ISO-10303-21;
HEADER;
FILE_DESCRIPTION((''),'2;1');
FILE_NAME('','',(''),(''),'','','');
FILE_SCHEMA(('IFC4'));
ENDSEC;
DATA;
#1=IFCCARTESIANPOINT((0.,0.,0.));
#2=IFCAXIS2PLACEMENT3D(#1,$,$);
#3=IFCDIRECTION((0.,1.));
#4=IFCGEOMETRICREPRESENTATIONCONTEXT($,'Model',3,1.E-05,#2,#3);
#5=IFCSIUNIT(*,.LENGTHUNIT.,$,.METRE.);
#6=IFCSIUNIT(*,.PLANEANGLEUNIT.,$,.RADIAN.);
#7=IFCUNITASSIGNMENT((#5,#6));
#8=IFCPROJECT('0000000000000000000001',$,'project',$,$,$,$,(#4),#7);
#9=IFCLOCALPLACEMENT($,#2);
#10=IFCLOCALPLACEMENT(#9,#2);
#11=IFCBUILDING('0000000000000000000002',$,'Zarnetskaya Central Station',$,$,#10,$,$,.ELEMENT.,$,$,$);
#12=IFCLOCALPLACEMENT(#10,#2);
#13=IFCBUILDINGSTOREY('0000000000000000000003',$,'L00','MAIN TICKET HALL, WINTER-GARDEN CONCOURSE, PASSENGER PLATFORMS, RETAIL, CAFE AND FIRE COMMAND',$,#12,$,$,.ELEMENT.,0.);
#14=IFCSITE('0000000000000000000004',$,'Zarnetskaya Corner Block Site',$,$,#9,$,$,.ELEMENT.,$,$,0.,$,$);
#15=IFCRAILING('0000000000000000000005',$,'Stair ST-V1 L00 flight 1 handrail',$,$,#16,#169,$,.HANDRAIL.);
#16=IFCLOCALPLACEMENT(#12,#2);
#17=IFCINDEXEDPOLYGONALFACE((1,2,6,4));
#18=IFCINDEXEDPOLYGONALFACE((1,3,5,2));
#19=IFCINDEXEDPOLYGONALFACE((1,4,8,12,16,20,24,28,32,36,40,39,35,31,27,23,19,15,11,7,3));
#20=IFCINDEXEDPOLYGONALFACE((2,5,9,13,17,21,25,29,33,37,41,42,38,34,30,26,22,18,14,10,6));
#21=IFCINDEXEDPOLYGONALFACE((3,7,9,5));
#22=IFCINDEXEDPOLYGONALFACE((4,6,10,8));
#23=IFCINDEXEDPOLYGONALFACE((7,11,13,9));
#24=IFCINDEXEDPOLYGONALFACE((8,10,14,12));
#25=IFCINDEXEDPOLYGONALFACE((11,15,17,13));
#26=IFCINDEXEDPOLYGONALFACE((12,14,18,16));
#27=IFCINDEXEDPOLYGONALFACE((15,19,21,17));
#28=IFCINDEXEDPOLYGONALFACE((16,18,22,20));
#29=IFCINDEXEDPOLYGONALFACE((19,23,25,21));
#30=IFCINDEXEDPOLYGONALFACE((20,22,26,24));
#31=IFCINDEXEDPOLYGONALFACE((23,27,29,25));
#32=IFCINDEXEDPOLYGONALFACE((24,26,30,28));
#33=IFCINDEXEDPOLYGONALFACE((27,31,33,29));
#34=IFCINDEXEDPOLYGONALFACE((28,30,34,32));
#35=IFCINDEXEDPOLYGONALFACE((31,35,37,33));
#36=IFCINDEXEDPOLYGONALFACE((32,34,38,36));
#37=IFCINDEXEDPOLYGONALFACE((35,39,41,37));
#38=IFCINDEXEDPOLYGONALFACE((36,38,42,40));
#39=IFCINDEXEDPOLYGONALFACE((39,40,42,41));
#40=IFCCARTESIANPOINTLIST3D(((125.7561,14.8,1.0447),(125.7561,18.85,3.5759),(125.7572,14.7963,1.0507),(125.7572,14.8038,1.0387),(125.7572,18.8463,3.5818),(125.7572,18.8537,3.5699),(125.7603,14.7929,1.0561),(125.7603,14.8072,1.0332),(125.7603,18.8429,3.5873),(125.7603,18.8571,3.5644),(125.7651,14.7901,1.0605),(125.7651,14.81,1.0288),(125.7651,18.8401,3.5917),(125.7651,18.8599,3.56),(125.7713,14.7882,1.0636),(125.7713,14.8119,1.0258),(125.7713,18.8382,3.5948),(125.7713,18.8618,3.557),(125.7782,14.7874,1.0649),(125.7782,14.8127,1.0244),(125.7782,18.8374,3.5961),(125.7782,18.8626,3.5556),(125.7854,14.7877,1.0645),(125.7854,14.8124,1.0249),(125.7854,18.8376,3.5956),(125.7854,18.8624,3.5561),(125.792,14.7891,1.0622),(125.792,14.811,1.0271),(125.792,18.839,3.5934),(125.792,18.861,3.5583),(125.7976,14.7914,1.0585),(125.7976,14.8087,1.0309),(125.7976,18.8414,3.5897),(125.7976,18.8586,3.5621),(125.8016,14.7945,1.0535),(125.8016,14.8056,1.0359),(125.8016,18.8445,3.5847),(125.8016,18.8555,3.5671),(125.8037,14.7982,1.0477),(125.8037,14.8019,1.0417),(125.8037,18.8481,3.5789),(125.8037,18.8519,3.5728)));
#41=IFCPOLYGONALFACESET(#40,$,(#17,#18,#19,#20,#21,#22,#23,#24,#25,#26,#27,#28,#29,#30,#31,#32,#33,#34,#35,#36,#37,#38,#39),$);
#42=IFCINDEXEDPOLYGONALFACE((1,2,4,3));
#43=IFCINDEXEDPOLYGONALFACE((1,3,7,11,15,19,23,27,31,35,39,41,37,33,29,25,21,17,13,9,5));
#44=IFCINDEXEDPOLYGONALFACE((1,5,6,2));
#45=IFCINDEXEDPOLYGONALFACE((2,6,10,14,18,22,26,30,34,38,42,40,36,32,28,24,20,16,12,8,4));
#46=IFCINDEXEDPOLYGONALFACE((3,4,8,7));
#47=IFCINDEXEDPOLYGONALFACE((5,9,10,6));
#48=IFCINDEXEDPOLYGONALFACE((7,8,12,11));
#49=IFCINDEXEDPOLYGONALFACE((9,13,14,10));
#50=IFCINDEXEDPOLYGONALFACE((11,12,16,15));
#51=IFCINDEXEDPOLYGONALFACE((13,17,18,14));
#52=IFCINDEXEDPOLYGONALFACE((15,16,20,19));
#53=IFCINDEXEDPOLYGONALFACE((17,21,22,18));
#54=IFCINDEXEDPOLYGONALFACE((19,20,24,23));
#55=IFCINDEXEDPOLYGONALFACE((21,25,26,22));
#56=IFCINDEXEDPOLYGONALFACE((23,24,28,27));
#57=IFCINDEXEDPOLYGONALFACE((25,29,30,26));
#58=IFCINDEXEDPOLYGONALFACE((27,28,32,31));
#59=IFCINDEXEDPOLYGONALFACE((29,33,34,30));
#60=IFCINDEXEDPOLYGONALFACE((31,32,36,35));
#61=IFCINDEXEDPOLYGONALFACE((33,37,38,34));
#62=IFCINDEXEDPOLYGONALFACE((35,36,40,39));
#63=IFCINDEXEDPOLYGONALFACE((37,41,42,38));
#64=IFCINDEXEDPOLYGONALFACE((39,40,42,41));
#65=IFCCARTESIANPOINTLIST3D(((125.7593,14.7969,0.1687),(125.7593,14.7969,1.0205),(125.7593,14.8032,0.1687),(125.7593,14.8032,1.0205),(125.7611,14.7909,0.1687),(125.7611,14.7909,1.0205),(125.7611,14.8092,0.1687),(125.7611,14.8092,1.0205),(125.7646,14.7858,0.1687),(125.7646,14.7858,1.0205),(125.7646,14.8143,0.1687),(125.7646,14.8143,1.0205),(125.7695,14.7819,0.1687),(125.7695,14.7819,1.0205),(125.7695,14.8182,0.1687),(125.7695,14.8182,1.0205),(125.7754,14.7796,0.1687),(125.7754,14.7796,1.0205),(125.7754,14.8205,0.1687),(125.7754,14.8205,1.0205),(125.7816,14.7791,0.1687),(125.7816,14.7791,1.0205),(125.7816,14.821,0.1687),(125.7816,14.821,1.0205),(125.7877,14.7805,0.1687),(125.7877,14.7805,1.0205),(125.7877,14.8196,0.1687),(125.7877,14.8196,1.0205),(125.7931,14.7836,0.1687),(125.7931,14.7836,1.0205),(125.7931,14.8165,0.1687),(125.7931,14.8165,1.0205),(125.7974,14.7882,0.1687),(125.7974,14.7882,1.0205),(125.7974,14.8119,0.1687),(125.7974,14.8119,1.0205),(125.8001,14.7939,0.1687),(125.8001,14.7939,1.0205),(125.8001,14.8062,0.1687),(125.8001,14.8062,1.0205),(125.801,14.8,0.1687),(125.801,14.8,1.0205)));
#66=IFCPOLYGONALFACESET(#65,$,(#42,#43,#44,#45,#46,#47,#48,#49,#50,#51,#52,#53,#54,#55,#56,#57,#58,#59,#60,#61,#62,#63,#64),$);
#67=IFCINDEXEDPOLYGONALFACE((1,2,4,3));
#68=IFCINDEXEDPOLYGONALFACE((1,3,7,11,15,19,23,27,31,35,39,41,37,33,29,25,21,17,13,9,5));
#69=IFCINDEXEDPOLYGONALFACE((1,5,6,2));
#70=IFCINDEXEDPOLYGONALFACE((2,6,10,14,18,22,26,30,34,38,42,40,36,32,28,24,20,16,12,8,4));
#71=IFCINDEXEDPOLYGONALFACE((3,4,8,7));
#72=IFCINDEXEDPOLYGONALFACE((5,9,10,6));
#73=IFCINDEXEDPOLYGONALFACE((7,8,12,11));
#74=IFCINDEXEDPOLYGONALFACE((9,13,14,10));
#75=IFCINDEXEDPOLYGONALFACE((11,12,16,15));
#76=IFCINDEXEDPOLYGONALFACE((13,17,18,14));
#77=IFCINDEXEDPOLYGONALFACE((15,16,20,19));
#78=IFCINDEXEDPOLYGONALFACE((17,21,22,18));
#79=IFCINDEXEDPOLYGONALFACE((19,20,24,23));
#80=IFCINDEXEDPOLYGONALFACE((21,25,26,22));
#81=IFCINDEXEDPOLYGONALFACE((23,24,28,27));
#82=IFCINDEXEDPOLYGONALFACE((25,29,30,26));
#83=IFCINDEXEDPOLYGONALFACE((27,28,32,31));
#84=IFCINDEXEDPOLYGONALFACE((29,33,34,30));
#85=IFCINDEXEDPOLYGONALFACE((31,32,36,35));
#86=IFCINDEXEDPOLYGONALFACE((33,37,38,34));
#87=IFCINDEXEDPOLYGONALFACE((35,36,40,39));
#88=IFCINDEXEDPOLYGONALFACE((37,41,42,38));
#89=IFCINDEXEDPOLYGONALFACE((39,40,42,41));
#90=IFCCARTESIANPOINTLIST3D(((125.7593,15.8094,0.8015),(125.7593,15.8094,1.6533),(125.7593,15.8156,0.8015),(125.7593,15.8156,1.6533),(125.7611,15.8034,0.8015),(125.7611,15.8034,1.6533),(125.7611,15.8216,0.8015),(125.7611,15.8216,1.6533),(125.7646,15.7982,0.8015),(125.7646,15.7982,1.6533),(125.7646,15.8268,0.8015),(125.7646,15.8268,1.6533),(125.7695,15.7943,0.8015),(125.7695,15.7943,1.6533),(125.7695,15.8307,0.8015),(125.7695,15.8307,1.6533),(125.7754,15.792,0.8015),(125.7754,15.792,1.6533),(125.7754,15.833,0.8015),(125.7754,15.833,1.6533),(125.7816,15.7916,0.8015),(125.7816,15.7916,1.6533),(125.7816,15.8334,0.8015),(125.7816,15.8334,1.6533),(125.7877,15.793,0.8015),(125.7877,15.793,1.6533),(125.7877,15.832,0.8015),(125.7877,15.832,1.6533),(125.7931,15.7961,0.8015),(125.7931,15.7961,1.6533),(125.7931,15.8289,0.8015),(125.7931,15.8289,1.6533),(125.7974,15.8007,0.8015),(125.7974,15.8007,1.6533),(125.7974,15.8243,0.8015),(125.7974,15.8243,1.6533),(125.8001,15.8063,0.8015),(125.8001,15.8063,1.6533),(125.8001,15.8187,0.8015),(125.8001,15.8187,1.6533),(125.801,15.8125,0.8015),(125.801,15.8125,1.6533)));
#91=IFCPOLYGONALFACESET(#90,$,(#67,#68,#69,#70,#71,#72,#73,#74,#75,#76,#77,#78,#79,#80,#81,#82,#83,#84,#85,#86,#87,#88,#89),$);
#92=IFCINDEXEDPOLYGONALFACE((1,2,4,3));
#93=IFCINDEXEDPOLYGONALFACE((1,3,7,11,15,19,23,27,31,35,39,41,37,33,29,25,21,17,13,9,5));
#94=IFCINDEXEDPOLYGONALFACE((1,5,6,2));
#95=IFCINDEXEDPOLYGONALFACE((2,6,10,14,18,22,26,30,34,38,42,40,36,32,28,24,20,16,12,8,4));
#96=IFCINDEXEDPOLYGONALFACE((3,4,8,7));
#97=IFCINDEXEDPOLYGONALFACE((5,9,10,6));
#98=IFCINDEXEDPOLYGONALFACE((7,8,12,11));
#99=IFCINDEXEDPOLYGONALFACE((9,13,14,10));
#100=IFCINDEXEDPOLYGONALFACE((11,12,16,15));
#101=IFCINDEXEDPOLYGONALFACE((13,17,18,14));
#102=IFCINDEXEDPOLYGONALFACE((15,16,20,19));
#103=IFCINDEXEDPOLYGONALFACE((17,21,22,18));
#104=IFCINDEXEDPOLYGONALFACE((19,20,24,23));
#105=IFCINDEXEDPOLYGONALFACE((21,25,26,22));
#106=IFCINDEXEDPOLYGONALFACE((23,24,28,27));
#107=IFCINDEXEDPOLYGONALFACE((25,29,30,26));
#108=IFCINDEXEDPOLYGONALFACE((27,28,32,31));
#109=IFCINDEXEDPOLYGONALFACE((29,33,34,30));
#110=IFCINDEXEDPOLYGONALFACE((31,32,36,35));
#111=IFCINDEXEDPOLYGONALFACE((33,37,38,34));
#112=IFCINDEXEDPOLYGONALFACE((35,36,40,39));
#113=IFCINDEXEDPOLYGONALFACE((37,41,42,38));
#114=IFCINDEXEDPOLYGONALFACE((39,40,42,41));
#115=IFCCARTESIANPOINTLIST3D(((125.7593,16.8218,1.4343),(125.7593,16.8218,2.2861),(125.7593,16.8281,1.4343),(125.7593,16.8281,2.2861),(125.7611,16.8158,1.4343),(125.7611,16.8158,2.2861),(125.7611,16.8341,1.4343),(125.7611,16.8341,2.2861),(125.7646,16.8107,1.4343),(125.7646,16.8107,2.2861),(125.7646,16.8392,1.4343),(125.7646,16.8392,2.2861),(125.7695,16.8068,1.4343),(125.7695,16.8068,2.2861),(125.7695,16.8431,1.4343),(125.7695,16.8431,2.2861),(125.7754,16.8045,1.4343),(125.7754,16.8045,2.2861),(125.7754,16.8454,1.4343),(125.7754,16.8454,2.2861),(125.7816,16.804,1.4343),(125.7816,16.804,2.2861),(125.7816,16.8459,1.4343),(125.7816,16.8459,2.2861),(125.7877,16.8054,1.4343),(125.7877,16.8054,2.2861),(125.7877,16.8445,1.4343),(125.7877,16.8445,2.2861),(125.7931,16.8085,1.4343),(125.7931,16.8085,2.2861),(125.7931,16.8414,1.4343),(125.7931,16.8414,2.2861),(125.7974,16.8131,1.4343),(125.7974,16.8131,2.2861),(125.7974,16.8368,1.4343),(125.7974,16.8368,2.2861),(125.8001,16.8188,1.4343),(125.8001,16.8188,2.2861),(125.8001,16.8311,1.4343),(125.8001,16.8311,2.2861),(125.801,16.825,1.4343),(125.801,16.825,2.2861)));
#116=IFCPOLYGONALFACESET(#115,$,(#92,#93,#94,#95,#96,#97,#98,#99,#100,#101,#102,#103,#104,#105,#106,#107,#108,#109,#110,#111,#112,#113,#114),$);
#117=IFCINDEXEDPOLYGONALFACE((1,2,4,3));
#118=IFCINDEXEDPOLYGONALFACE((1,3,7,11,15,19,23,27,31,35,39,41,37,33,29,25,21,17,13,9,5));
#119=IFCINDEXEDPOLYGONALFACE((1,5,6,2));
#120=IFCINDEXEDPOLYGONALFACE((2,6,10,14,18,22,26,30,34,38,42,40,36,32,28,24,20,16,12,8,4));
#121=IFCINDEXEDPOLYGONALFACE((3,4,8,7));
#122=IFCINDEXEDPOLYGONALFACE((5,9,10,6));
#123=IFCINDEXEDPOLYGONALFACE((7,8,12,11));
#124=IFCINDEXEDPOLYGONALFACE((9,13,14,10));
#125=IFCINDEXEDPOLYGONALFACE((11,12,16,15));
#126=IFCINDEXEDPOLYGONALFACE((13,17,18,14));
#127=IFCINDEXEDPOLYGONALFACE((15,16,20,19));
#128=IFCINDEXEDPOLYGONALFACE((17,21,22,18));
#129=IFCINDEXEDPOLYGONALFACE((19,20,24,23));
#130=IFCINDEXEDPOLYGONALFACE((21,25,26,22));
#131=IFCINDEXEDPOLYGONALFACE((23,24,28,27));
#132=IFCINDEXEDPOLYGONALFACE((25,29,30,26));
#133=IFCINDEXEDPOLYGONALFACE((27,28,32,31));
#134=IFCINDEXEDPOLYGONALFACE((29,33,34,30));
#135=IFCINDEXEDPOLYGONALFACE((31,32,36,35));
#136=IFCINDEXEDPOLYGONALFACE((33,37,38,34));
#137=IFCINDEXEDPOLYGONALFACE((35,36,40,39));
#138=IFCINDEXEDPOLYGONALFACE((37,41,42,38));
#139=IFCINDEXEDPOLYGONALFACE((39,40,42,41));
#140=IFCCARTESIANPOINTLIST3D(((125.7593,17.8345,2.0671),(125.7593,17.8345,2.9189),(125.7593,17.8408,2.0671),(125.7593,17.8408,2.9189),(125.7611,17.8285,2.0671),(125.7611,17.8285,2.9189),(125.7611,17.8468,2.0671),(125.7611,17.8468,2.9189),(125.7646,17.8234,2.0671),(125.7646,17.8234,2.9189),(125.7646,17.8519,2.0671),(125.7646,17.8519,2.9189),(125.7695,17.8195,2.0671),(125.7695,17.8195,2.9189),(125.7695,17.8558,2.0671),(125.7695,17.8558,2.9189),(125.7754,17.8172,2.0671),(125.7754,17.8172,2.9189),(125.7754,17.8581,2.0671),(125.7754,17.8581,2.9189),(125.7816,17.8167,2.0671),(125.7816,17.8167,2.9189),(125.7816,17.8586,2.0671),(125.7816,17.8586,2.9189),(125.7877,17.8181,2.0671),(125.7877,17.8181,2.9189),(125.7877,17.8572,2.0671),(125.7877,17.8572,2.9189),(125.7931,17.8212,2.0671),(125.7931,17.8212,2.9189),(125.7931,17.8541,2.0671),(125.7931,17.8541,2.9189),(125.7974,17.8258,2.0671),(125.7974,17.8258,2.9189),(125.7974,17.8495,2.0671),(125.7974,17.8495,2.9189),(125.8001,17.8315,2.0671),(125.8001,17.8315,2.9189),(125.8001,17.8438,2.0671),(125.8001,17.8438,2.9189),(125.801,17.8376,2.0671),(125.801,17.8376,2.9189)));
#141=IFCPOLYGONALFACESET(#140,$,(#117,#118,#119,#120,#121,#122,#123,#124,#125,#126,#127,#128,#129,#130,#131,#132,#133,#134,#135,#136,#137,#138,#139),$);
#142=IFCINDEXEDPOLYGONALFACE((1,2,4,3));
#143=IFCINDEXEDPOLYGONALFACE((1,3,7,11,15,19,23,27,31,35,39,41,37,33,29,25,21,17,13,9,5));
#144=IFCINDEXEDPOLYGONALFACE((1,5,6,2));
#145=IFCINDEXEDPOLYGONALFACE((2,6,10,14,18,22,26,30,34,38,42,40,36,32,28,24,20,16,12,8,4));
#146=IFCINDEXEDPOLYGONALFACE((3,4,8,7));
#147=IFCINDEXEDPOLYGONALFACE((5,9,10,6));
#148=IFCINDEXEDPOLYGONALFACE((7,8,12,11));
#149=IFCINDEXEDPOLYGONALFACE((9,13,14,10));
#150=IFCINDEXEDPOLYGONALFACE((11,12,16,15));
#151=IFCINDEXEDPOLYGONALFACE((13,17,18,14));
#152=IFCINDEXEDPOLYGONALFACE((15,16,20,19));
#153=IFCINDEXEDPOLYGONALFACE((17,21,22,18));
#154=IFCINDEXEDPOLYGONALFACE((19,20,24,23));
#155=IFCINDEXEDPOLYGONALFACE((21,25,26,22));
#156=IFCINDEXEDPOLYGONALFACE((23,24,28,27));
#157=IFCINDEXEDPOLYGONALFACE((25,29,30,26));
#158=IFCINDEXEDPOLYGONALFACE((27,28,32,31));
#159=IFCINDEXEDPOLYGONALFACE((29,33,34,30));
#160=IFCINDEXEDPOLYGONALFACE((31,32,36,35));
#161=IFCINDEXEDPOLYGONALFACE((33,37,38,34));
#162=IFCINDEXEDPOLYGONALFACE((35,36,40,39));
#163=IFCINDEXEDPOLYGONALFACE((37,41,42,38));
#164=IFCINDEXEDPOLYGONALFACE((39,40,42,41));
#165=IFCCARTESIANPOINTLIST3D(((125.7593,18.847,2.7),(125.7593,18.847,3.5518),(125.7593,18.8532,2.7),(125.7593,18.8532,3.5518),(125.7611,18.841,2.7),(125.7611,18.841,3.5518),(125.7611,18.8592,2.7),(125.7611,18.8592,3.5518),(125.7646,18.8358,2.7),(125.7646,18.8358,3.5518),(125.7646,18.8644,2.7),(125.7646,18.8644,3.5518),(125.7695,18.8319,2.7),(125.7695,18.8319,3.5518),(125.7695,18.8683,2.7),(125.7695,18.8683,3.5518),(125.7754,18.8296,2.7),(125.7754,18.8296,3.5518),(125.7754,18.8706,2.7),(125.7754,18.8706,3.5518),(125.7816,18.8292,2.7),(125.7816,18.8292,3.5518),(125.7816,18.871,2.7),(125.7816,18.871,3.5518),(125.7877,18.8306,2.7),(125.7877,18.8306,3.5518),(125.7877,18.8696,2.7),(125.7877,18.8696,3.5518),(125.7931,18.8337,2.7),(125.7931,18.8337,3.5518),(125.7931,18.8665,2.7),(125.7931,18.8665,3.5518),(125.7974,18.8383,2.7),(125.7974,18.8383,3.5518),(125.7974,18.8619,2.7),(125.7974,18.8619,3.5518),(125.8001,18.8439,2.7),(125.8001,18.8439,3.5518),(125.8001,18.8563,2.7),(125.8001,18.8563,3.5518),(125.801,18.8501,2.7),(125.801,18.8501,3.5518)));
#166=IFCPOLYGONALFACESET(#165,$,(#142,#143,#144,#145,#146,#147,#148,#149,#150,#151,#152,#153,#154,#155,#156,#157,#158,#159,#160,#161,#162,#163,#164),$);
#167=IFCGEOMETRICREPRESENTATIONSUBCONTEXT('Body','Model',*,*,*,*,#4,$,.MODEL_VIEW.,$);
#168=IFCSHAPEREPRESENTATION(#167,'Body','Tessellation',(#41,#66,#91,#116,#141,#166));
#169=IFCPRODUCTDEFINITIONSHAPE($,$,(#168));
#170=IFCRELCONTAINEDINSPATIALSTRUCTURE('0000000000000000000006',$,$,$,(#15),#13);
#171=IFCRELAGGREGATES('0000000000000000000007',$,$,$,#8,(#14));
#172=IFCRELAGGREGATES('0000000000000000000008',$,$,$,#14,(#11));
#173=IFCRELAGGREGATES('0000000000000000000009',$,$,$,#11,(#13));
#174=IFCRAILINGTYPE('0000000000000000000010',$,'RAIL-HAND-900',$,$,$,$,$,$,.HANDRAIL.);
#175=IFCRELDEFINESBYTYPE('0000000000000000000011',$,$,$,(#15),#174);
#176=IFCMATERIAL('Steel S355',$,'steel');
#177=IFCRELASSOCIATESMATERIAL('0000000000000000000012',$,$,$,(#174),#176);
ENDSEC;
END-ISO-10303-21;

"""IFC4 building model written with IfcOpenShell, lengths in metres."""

from ifc_helpers import new_model, si_unit, direction, frame, origin, origin_2d, place, context, subcontext, project, spatial, circle, extrude, material, type_object, element, save


model = new_model("IFC4")

# Units and contexts
model_context = context("Model", 3, precision=1e-05, world=origin(), true_north=direction((0.0, 1.0)))
body_context = subcontext(model_context, "Body", "Model", "MODEL_VIEW")
ifc_project = project(units=[si_unit("LENGTHUNIT", "METRE"), si_unit("PLANEANGLEUNIT", "RADIAN")], contexts=[model_context])

# Site, building, storey
site_placement = place(None, origin())
site = spatial("IfcSite", under=ifc_project, at=site_placement, Name="Zarnetskaya Corner Block Site", CompositionType="ELEMENT", RefElevation=0.0)
building_placement = place(site_placement, origin())
building = spatial("IfcBuilding", under=site, at=building_placement, Name="Zarnetskaya Central Station", CompositionType="ELEMENT")
storey_placement = place(building_placement, origin())
storey = spatial("IfcBuildingStorey", under=building, at=storey_placement, Name="L00", Description="MAIN TICKET HALL, WINTER-GARDEN CONCOURSE, PASSENGER PLATFORMS, RETAIL, CAFE AND FIRE COMMAND", CompositionType="ELEMENT", Elevation=0.0)

# Shared definitions
ifc_material_1 = material(Name="Steel S355", Category="steel")

# Railing
railing_type_1 = type_object("IfcRailingType", Name="RAIL-HAND-900", PredefinedType="HANDRAIL", material=ifc_material_1)
for number, where, name in (
    (1, (125.78, 14.8, 0.1687), "Stair ST-V1 L00 flight 1 handrail"),
):
    element("IfcRailing", number, at=place(storey_placement, frame(where)), inside=storey, type_object=railing_type_1, Name=name, PredefinedType="HANDRAIL", context=body_context, shape_type="SweptSolid", body=[
        extrude(circle(Radius=0.0239, at=origin_2d()), frame((0.0, 0.0, 0.876), z_axis=(0.0, 0.848001, 0.529994), x_axis=(-1.0, 0.0, 0.0)), (0.0, 0.0, 1.0), 4.7759),
        extrude(circle(Radius=0.021, at=origin_2d()), origin(), (0.0, 0.0, 1.0), 0.8518),
        extrude(circle(Radius=0.021, at=origin_2d()), frame((0.0, 1.0125, 0.6328)), (0.0, 0.0, 1.0), 0.8518),
        extrude(circle(Radius=0.021, at=origin_2d()), frame((0.0, 2.0249, 1.2656)), (0.0, 0.0, 1.0), 0.8518),
        extrude(circle(Radius=0.021, at=origin_2d()), frame((0.0, 3.0376, 1.8984)), (0.0, 0.0, 1.0), 0.8518),
        extrude(circle(Radius=0.021, at=origin_2d()), frame((0.0, 4.05, 2.5312)), (0.0, 0.0, 1.0), 0.8518),
    ])

save(model, "model.ifc")
